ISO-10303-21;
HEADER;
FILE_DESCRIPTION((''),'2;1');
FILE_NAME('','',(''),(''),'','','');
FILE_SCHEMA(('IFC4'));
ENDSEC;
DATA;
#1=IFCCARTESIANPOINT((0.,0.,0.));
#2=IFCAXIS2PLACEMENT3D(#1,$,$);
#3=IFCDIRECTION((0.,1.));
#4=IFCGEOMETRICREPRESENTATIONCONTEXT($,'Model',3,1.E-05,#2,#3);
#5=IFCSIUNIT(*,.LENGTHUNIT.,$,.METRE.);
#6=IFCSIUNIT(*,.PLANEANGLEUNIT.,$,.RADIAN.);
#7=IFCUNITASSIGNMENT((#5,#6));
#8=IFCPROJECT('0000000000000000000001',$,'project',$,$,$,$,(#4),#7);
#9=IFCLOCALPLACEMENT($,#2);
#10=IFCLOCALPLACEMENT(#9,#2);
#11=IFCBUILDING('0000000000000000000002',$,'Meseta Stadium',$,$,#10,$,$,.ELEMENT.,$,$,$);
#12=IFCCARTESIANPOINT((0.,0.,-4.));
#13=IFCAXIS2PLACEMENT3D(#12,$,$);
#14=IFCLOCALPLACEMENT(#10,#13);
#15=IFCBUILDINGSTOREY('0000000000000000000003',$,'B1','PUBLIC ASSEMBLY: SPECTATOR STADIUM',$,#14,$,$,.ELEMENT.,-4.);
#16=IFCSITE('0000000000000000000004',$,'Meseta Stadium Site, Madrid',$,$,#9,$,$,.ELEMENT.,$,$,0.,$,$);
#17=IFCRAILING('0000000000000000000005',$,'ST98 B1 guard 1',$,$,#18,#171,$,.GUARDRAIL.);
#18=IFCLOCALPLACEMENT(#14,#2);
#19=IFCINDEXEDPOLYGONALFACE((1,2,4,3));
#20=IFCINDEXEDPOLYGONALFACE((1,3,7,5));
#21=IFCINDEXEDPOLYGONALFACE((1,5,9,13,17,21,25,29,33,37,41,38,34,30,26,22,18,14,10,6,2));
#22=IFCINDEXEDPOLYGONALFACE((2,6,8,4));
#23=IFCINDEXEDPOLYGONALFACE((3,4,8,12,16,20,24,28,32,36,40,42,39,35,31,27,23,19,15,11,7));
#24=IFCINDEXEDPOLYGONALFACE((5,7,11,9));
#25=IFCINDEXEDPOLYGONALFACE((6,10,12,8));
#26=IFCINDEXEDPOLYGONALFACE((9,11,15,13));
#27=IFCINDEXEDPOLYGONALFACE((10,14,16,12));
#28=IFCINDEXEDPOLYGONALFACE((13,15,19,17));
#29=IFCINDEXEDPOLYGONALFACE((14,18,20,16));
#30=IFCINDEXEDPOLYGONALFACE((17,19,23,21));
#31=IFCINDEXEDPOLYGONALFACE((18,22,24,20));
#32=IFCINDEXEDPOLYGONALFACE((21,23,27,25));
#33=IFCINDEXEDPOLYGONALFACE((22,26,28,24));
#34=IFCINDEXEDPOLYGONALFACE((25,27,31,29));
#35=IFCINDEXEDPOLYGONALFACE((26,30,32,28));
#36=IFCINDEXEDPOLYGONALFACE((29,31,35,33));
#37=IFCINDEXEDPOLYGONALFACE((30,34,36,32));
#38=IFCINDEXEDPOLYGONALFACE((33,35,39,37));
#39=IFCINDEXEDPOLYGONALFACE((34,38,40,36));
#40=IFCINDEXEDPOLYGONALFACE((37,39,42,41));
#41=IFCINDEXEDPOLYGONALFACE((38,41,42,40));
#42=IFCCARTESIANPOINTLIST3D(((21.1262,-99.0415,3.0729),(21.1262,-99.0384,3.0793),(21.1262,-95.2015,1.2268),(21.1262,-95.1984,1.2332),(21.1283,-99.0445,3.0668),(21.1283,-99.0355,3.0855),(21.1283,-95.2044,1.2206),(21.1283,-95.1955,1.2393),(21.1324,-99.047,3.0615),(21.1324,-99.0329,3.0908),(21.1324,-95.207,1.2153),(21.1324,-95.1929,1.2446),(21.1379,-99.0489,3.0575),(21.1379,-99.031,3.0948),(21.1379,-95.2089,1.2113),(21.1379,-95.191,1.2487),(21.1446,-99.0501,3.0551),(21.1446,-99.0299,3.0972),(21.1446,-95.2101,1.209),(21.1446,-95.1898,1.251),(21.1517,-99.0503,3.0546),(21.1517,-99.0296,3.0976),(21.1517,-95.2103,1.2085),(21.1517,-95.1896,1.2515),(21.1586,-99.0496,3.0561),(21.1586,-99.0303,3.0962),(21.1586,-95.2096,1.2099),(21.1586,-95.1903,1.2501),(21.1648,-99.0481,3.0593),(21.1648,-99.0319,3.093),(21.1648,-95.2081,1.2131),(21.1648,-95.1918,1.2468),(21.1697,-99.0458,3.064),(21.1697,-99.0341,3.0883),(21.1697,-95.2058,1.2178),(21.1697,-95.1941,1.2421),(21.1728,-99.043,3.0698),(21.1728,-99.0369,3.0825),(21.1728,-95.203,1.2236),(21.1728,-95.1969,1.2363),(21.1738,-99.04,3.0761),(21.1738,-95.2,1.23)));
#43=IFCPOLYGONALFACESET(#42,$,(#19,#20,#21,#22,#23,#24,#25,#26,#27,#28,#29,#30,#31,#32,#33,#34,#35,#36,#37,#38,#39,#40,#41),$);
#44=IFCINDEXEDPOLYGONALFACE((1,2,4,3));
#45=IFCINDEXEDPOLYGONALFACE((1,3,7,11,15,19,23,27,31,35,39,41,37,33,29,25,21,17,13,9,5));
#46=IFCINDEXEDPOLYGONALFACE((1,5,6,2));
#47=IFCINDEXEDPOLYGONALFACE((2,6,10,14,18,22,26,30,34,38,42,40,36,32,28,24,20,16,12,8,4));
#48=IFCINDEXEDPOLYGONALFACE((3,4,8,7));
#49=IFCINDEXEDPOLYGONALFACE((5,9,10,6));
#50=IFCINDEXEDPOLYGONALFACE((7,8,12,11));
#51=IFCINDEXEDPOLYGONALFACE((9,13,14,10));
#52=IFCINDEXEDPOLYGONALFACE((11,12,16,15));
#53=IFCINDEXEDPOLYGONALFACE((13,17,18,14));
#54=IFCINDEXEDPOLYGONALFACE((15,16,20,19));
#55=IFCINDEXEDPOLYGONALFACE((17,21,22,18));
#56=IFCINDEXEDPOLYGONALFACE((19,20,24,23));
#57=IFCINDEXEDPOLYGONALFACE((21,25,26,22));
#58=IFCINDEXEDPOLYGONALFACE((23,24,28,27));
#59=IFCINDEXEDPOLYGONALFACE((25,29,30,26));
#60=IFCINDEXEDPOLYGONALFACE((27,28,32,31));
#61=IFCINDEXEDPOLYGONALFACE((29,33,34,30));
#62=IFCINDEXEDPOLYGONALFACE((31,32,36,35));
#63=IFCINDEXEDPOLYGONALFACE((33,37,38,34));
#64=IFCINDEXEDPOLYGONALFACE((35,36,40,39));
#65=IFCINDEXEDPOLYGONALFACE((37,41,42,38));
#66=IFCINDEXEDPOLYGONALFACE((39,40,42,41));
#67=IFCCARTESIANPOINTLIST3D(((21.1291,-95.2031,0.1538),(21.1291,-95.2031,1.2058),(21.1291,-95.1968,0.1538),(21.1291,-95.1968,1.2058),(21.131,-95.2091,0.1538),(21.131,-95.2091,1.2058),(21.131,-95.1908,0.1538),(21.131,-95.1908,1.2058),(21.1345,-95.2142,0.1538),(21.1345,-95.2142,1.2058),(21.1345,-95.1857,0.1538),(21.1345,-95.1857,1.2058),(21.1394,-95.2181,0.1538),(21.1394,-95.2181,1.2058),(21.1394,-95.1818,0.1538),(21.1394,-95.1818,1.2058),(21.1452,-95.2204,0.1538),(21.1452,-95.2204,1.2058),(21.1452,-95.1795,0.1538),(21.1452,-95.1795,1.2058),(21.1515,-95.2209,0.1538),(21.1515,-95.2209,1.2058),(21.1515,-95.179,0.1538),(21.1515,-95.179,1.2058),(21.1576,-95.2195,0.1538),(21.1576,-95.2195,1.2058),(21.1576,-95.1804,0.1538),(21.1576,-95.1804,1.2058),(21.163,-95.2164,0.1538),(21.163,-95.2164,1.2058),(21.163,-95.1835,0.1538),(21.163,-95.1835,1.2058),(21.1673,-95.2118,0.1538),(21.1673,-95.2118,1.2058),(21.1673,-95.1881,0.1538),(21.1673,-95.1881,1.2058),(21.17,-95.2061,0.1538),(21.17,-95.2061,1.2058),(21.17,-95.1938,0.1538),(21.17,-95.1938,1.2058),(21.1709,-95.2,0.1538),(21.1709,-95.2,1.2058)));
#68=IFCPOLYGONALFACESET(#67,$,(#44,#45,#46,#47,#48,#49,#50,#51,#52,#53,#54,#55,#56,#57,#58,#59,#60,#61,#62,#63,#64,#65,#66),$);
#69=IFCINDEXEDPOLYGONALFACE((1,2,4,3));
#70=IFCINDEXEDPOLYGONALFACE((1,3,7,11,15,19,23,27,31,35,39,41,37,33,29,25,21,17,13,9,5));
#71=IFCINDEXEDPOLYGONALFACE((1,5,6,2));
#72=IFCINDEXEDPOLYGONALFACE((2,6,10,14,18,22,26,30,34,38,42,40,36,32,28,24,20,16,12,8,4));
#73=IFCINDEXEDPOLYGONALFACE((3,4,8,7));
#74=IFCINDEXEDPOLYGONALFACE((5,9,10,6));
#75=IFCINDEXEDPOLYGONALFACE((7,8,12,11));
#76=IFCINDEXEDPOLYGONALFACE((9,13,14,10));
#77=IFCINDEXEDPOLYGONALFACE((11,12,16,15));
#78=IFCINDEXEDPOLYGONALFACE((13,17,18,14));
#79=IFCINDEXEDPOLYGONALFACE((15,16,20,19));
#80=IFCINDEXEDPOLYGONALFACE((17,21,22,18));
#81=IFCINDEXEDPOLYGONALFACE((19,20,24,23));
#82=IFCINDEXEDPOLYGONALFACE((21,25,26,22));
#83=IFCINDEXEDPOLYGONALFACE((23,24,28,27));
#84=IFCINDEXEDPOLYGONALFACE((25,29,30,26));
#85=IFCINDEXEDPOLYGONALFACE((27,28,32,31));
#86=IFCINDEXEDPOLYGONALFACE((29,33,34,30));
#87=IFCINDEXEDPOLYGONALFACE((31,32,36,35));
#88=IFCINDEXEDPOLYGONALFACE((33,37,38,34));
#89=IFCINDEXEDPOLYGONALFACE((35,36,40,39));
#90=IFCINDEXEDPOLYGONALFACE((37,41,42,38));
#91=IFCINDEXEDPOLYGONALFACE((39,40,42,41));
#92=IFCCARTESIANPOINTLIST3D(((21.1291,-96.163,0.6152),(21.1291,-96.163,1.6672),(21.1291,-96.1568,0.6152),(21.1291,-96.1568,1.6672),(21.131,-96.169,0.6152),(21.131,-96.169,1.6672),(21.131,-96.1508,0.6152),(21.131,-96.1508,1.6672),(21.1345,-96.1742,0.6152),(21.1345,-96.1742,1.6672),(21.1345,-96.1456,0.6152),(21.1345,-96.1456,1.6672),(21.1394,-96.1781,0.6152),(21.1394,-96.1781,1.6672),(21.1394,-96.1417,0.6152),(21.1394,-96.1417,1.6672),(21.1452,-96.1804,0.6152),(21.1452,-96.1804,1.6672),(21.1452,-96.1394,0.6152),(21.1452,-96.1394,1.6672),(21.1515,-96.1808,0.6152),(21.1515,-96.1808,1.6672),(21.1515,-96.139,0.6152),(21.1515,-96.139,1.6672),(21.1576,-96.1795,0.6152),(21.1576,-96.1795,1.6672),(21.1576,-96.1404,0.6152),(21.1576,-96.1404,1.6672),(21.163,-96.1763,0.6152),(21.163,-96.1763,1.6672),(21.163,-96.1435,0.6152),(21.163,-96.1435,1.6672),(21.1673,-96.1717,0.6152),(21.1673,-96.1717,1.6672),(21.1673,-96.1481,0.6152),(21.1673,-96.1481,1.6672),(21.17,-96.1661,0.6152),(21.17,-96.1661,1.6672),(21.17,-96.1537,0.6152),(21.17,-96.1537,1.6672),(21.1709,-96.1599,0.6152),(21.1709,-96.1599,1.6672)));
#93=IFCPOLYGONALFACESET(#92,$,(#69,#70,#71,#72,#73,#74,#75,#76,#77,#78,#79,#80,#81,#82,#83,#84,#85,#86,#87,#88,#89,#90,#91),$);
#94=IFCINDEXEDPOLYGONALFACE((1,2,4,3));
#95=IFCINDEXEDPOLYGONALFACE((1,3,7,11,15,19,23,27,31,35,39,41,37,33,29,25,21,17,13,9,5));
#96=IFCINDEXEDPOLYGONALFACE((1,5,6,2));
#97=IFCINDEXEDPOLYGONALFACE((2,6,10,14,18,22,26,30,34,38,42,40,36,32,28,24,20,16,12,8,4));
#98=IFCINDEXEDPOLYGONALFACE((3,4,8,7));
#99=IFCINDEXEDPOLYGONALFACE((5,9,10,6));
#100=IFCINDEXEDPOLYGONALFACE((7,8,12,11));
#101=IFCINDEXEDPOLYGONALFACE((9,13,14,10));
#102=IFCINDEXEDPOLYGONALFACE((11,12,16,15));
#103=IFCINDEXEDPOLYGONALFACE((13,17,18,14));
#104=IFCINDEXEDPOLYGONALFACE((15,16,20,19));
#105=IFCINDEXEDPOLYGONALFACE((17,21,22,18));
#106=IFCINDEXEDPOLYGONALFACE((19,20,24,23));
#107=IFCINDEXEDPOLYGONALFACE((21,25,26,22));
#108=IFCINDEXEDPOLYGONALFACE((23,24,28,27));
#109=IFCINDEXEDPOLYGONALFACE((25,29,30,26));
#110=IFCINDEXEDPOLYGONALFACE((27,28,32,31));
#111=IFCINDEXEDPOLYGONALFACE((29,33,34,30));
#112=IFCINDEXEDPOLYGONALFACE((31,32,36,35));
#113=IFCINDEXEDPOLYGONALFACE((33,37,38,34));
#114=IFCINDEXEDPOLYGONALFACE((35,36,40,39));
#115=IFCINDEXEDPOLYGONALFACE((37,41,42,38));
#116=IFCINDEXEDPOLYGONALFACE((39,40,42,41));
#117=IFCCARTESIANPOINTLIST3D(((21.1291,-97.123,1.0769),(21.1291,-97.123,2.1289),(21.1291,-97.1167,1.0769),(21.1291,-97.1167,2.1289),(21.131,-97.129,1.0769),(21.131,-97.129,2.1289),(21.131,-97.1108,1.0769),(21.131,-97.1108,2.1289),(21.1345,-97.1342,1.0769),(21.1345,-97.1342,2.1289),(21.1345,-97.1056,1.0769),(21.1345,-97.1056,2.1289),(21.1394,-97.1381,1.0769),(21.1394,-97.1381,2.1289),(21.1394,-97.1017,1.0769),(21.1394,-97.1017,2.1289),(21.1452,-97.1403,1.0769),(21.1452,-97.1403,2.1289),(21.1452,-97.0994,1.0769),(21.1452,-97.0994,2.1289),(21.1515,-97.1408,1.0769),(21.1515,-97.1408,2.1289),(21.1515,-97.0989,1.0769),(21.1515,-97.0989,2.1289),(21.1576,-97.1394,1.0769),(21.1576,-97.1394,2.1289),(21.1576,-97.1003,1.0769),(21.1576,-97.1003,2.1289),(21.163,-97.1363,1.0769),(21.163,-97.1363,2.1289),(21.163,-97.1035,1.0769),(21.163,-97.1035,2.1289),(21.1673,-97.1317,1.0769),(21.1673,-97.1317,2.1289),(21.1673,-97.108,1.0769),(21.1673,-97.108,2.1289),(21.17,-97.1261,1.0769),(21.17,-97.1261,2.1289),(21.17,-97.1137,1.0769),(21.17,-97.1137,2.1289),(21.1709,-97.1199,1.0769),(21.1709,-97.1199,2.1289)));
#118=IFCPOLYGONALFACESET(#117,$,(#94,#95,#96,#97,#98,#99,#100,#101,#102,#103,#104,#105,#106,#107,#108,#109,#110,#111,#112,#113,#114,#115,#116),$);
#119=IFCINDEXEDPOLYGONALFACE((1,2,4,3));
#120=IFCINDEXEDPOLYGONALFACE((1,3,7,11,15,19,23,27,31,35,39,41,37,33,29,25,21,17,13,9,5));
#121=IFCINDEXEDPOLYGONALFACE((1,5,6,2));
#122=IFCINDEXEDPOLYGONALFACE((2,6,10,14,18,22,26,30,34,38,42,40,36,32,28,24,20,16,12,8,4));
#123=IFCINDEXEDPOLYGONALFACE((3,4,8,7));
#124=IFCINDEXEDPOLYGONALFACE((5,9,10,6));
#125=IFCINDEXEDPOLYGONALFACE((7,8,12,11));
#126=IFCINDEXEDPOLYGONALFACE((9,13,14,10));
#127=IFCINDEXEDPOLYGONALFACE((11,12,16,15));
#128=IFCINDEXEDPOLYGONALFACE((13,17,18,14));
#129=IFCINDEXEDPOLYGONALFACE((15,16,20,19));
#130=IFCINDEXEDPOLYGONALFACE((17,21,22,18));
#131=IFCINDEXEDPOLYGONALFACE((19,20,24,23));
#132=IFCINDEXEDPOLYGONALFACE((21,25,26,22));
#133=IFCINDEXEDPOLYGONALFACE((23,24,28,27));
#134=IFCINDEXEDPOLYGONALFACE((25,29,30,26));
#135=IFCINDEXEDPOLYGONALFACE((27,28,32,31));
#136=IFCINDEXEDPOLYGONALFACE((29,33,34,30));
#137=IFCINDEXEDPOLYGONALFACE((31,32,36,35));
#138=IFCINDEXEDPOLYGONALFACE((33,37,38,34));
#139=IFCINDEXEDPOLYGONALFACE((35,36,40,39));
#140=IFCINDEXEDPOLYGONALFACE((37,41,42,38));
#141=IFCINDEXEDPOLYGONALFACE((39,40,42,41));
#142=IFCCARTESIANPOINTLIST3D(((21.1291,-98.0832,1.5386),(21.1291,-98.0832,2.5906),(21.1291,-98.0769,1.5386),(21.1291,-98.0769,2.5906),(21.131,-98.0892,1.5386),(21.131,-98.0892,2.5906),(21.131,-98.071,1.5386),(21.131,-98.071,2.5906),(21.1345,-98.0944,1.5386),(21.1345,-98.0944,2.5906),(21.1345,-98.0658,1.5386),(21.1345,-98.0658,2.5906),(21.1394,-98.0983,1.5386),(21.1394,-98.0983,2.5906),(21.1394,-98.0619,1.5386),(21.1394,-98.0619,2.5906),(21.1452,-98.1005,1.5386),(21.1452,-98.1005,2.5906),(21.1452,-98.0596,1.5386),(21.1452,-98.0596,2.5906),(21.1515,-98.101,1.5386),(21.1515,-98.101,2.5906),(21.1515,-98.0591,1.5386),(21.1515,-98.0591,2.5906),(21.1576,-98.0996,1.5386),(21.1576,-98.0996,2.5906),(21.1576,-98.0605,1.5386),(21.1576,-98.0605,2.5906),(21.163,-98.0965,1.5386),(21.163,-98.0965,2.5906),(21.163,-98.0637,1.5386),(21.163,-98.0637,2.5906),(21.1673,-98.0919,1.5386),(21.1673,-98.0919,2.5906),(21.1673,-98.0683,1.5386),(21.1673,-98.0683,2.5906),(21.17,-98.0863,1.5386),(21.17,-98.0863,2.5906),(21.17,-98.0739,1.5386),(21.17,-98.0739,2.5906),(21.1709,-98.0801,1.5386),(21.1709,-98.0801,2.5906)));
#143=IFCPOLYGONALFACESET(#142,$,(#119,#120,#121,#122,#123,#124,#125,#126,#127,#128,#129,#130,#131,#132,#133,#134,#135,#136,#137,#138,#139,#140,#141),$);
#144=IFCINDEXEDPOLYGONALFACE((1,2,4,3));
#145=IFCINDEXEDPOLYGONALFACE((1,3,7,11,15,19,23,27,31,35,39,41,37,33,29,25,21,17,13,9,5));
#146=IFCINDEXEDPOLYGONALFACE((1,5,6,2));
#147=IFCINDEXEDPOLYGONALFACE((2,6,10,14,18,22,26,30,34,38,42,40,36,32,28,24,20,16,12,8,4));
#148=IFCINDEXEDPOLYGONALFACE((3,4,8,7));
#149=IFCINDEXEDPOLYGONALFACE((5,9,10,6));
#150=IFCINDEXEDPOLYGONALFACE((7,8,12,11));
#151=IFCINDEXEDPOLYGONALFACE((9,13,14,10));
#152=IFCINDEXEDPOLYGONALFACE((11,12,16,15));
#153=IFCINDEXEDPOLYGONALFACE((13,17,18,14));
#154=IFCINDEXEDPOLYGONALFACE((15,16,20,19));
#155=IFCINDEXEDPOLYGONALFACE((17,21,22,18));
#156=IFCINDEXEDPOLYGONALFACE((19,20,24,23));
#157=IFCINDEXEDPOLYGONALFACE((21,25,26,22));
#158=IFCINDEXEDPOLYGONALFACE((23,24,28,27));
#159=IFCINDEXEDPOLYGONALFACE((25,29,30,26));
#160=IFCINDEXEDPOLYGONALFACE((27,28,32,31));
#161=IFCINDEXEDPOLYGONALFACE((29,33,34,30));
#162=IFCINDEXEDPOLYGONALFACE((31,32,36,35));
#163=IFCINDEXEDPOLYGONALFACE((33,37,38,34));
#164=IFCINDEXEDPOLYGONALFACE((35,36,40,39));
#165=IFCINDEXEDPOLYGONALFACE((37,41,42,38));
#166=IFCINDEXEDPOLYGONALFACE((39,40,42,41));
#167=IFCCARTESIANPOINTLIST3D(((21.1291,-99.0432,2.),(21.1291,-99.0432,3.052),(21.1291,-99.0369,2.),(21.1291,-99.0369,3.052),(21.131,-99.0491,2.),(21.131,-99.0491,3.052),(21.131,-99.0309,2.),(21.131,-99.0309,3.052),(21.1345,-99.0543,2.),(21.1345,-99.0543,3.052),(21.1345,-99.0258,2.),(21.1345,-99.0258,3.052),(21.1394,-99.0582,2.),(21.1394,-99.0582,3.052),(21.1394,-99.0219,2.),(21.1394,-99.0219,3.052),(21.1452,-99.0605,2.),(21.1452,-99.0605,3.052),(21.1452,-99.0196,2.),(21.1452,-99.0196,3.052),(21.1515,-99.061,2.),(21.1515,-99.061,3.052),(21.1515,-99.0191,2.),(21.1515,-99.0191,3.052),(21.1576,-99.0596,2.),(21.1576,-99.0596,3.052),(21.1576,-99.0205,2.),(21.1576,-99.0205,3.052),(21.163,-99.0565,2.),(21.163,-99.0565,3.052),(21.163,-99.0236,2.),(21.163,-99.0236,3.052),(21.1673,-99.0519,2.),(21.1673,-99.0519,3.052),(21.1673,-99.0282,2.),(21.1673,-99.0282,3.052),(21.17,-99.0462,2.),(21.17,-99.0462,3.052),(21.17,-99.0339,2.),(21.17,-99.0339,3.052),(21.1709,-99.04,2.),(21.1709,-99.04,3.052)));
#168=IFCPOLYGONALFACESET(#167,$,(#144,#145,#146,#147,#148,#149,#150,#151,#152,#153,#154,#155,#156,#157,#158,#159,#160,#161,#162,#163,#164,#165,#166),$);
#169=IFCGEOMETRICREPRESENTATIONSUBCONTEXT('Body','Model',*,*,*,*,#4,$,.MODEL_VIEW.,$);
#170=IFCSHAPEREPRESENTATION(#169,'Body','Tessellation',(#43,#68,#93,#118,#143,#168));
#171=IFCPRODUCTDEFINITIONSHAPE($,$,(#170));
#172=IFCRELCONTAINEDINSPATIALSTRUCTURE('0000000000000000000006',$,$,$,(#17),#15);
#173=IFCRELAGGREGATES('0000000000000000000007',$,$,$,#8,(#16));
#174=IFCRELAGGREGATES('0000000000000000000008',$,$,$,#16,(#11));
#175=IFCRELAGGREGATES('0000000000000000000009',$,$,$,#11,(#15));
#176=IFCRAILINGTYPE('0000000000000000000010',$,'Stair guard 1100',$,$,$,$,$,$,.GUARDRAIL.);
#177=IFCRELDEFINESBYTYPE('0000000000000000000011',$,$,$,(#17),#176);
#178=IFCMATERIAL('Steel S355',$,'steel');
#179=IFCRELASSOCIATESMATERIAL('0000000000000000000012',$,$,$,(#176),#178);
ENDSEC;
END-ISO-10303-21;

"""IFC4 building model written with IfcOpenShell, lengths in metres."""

from ifc_helpers import new_model, si_unit, direction, frame, origin, origin_2d, place, context, subcontext, project, spatial, circle, extrude, material, type_object, element, save


model = new_model("IFC4")

# Units and contexts
model_context = context("Model", 3, precision=1e-05, world=origin(), true_north=direction((0.0, 1.0)))
body_context = subcontext(model_context, "Body", "Model", "MODEL_VIEW")
ifc_project = project(units=[si_unit("LENGTHUNIT", "METRE"), si_unit("PLANEANGLEUNIT", "RADIAN")], contexts=[model_context])

# Site, building, storey
site_placement = place(None, origin())
site = spatial("IfcSite", under=ifc_project, at=site_placement, Name="Meseta Stadium Site, Madrid", CompositionType="ELEMENT", RefElevation=0.0)
building_placement = place(site_placement, origin())
building = spatial("IfcBuilding", under=site, at=building_placement, Name="Meseta Stadium", CompositionType="ELEMENT")
storey_placement = place(building_placement, frame((0.0, 0.0, -4.0)))
storey = spatial("IfcBuildingStorey", under=building, at=storey_placement, Name="B1", Description="PUBLIC ASSEMBLY: SPECTATOR STADIUM", CompositionType="ELEMENT", Elevation=-4.0)

# Railing
ifc_material_1 = material(Name="Steel S355", Category="steel")
railing_type_1 = type_object("IfcRailingType", Name="Stair guard 1100", PredefinedType="GUARDRAIL", material=ifc_material_1)
railing_1_placement = place(storey_placement, frame((21.1499, -95.2, 0.1538)))
element("IfcRailing", 1, at=railing_1_placement, inside=storey, type_object=railing_type_1, Name="ST98 B1 guard 1", PredefinedType="GUARDRAIL", context=body_context, shape_type="SweptSolid", body=[
    extrude(circle(Radius=0.0239, at=origin_2d()), frame((0.0, 0.0, 1.0762), z_axis=(0.0, -0.901253, 0.433294), x_axis=(1.0, 0.0, 0.0)), (0.0, 0.0, 1.0), 4.2607),
    extrude(circle(Radius=0.021, at=origin_2d()), origin(), (0.0, 0.0, 1.0), 1.052),
    extrude(circle(Radius=0.021, at=origin_2d()), frame((0.0, -0.96, 0.4614)), (0.0, 0.0, 1.0), 1.052),
    extrude(circle(Radius=0.021, at=origin_2d()), frame((0.0, -1.9199, 0.9231)), (0.0, 0.0, 1.0), 1.052),
    extrude(circle(Radius=0.021, at=origin_2d()), frame((0.0, -2.8801, 1.3848)), (0.0, 0.0, 1.0), 1.052),
    extrude(circle(Radius=0.021, at=origin_2d()), frame((0.0, -3.8401, 1.8462)), (0.0, 0.0, 1.0), 1.052),
])

save(model, "model.ifc")
